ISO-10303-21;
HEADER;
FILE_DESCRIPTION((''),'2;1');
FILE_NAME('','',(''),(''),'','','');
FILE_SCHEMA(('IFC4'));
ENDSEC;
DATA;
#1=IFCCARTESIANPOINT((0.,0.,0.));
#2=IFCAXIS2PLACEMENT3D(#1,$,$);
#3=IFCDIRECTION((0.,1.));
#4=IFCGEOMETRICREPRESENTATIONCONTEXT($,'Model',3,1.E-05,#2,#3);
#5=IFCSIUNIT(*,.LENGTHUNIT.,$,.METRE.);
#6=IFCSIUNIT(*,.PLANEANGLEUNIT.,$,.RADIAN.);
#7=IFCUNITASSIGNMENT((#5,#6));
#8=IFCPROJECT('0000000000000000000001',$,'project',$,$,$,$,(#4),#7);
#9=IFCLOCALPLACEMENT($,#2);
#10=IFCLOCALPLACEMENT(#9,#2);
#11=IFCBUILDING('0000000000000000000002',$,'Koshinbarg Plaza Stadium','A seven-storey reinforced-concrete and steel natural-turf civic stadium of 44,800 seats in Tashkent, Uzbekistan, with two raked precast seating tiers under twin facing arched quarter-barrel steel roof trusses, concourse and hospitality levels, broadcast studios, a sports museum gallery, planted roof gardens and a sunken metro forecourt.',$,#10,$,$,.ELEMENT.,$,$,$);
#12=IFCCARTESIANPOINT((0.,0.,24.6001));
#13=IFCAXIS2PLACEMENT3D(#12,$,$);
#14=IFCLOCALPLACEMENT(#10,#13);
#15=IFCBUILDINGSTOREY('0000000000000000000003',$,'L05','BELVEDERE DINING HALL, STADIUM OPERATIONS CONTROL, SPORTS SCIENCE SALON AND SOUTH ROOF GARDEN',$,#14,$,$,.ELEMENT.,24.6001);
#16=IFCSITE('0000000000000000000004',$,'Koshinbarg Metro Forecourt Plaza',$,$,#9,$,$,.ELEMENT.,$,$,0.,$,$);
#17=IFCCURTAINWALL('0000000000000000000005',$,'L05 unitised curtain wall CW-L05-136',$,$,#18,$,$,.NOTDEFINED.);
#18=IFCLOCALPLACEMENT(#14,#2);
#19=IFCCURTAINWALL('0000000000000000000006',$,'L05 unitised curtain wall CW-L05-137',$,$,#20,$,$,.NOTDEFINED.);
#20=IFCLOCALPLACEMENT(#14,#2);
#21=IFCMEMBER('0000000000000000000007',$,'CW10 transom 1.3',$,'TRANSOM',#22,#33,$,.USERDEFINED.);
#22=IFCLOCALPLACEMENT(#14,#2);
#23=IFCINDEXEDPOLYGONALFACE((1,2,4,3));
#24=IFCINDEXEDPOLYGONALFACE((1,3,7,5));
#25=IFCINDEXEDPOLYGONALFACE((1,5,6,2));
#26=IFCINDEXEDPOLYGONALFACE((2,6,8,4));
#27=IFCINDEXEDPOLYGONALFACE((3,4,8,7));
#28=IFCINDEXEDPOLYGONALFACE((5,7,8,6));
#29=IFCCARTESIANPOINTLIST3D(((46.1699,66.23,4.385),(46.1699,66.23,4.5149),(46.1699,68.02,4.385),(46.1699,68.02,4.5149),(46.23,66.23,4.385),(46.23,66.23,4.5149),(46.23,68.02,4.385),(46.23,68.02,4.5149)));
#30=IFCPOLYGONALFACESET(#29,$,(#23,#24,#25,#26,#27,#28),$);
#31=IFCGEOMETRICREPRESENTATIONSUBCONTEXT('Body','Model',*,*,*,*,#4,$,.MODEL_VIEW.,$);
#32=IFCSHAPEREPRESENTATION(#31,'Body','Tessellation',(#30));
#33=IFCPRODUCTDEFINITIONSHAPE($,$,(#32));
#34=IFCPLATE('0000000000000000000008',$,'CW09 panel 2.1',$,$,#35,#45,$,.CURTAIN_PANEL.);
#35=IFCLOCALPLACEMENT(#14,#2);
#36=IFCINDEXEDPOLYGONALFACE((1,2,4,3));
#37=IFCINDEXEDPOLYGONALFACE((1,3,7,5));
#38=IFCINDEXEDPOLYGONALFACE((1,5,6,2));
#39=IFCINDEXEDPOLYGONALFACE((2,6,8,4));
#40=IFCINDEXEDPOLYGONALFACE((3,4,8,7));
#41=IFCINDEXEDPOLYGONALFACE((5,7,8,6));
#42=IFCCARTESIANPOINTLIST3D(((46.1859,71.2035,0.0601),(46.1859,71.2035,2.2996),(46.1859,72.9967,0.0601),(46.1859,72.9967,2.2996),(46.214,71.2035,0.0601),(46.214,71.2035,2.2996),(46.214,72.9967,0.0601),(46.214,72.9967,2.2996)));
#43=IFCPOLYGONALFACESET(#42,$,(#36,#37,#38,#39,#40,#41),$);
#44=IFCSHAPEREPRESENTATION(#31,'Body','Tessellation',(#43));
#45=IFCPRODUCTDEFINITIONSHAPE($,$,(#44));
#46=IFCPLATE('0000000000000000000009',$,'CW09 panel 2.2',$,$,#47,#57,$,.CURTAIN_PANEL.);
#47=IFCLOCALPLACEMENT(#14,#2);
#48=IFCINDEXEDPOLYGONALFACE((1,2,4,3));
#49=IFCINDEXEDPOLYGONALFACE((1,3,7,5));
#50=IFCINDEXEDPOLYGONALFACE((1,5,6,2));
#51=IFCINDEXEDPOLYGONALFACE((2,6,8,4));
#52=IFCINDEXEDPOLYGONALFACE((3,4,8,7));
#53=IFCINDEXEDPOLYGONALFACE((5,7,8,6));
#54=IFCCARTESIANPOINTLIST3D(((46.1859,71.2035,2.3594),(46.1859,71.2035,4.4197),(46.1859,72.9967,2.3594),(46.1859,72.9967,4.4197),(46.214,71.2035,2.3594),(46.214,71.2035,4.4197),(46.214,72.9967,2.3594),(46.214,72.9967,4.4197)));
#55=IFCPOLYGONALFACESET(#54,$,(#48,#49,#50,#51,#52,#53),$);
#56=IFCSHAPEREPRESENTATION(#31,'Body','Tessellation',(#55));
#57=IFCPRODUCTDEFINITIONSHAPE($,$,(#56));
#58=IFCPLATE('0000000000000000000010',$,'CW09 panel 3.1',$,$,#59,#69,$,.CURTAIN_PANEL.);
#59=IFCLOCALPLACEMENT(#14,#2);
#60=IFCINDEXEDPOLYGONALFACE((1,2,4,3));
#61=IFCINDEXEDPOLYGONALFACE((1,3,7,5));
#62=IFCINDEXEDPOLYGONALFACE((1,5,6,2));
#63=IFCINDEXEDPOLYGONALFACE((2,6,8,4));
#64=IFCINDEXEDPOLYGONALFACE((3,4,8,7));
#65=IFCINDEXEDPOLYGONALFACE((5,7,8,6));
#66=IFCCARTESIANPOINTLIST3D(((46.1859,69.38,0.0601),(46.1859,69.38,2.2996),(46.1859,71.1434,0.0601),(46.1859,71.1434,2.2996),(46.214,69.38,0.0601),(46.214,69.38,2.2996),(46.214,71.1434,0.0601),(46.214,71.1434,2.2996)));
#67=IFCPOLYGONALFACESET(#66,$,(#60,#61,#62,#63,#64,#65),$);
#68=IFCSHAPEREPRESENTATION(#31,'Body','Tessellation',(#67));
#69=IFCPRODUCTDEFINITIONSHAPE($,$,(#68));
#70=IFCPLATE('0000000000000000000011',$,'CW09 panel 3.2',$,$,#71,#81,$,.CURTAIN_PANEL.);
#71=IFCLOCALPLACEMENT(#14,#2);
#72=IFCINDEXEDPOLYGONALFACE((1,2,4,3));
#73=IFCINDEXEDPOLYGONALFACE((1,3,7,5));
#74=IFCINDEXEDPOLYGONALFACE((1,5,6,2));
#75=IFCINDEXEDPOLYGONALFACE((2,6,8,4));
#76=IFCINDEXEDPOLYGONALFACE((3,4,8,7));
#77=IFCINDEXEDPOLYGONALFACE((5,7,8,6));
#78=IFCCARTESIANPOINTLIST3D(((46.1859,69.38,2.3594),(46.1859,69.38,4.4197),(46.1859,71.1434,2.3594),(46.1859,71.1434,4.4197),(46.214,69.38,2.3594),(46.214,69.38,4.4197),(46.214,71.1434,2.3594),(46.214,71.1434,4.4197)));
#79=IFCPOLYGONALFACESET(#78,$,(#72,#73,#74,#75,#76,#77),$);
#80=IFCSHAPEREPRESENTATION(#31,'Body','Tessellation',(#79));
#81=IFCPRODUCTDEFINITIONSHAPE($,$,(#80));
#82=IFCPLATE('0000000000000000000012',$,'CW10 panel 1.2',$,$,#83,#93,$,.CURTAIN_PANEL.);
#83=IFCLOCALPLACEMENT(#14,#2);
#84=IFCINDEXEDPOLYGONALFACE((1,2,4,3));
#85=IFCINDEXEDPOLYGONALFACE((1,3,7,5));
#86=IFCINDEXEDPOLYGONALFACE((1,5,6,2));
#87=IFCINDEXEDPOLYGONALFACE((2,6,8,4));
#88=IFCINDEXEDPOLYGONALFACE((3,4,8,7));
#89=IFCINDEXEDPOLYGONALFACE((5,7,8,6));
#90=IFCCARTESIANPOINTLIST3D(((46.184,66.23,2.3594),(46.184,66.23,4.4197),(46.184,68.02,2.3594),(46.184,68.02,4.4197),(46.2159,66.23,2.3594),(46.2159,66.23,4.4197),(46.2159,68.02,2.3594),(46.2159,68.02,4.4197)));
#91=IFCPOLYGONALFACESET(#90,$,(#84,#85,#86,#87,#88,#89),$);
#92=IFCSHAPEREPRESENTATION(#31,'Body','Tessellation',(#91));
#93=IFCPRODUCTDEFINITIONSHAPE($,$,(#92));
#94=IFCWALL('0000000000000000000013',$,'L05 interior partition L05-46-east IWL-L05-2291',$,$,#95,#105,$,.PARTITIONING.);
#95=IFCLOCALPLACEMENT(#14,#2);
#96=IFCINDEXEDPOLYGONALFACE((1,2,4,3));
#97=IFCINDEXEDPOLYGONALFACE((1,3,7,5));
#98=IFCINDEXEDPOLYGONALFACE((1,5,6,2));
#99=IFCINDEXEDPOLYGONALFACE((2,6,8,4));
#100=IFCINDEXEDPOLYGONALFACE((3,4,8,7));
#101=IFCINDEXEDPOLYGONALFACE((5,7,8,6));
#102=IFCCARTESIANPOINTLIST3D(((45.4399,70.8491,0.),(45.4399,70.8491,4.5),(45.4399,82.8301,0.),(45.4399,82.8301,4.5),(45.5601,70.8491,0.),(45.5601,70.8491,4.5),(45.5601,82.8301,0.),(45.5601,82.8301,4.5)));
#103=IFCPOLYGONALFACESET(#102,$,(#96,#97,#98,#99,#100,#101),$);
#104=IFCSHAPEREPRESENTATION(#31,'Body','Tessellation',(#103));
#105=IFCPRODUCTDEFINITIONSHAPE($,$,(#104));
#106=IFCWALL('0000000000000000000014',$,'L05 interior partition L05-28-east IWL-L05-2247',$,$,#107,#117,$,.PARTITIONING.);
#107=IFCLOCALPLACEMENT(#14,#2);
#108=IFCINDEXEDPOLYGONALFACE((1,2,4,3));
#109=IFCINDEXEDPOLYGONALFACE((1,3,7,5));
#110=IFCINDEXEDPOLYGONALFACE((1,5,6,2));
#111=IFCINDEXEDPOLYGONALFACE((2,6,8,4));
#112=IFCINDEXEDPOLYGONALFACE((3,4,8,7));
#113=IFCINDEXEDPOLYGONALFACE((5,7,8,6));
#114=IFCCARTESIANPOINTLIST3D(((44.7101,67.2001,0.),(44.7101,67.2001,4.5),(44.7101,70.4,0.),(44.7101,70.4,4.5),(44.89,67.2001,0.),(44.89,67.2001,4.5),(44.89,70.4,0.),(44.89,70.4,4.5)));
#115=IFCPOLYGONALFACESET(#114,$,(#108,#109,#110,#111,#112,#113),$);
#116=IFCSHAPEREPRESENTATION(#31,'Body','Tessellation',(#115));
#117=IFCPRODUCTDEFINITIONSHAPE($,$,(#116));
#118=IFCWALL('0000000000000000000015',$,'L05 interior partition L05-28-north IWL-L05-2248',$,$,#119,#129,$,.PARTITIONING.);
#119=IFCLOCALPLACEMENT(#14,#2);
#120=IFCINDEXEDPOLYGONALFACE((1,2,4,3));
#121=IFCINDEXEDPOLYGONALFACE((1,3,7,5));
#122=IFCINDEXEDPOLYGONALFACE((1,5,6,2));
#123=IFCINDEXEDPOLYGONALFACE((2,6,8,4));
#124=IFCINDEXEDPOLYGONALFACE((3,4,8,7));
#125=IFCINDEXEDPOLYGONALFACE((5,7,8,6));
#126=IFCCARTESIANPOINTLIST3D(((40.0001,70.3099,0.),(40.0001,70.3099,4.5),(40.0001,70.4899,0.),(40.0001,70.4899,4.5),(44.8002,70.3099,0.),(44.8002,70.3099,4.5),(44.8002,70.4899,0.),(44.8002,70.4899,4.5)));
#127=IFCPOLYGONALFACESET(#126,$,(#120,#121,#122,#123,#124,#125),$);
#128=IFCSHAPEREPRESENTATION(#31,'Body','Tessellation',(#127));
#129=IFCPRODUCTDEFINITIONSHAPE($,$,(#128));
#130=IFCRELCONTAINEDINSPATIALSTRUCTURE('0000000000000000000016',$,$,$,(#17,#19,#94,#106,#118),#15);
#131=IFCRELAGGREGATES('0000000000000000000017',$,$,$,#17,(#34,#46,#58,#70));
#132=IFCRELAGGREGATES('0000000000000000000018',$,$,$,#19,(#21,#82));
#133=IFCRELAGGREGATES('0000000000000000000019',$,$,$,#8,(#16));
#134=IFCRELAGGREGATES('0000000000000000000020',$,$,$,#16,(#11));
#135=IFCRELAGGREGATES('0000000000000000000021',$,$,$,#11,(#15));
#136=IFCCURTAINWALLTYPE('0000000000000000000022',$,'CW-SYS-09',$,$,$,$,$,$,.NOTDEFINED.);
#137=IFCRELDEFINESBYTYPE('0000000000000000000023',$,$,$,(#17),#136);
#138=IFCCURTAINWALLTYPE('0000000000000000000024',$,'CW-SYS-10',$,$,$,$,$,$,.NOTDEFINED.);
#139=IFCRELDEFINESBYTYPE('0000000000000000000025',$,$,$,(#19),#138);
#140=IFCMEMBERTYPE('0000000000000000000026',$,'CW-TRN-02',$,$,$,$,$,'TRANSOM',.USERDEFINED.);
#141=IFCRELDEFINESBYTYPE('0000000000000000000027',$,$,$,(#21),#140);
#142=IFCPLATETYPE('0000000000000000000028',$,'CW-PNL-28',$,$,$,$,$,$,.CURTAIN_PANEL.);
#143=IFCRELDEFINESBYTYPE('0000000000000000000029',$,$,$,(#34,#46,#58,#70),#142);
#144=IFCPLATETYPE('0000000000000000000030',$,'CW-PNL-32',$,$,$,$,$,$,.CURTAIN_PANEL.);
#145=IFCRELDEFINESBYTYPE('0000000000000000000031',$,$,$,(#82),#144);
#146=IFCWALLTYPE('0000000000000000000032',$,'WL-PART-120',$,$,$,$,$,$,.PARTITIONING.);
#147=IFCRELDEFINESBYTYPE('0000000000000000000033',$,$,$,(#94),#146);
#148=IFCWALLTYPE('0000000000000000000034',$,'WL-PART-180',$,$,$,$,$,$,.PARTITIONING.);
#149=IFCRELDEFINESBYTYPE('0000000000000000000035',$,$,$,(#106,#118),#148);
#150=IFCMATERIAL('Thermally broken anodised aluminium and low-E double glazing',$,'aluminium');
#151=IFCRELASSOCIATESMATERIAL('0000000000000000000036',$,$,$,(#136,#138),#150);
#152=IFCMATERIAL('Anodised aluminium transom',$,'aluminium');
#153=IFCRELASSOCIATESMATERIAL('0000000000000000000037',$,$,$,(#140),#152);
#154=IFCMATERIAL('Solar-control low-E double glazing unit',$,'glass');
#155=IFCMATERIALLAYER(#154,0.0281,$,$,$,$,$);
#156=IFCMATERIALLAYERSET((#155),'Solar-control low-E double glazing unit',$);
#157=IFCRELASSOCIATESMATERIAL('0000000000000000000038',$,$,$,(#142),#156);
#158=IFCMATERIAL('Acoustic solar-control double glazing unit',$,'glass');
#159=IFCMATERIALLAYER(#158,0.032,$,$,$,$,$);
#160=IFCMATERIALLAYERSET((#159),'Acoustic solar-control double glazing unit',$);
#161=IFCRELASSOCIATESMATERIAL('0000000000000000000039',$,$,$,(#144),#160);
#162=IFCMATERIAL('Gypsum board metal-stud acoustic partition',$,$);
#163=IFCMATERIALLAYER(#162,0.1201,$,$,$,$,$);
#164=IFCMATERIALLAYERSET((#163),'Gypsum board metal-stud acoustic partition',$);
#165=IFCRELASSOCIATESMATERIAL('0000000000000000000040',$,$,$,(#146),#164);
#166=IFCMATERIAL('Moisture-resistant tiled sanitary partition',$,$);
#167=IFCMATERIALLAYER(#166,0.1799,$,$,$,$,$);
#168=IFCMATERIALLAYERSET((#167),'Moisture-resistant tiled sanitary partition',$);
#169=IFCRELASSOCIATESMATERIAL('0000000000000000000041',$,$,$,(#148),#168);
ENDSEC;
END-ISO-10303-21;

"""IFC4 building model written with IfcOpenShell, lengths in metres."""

from ifc_helpers import new_model, si_unit, direction, frame, frame_2d, origin, origin_2d, place, context, subcontext, project, spatial, rectangle, extrude, material, layer, layer_set, material_profile, profile_set, type_object, element, aggregate, save


model = new_model("IFC4")

# Units and contexts
model_context = context("Model", 3, precision=1e-05, world=origin(), true_north=direction((0.0, 1.0)))
body_context = subcontext(model_context, "Body", "Model", "MODEL_VIEW")
ifc_project = project(units=[si_unit("LENGTHUNIT", "METRE"), si_unit("PLANEANGLEUNIT", "RADIAN")], contexts=[model_context])

# Site, building, storey
site_placement = place(None, origin())
site = spatial("IfcSite", under=ifc_project, at=site_placement, Name="Koshinbarg Metro Forecourt Plaza", CompositionType="ELEMENT", RefElevation=0.0)
building_placement = place(site_placement, origin())
building = spatial("IfcBuilding", under=site, at=building_placement, Name="Koshinbarg Plaza Stadium", Description="A seven-storey reinforced-concrete and steel natural-turf civic stadium of 44,800 seats in Tashkent, Uzbekistan, with two raked precast seating tiers under twin facing arched quarter-barrel steel roof trusses, concourse and hospitality levels, broadcast studios, a sports museum gallery, planted roof gardens and a sunken metro forecourt.", CompositionType="ELEMENT")
storey_placement = place(building_placement, frame((0.0, 0.0, 24.6001)))
storey = spatial("IfcBuildingStorey", under=building, at=storey_placement, Name="L05", Description="BELVEDERE DINING HALL, STADIUM OPERATIONS CONTROL, SPORTS SCIENCE SALON AND SOUTH ROOF GARDEN", CompositionType="ELEMENT", Elevation=24.6001)

# Curtain wall
ifc_material_1 = material(Name="Thermally broken anodised aluminium and low-E double glazing", Category="aluminium")
curtain_wall_type_1 = type_object("IfcCurtainWallType", Name="CW-SYS-09", PredefinedType="NOTDEFINED", material=ifc_material_1)
curtain_wall_1_placement = place(storey_placement, origin())
curtain_wall_1 = element("IfcCurtainWall", 1, at=curtain_wall_1_placement, inside=storey, type_object=curtain_wall_type_1, Name="L05 unitised curtain wall CW-L05-136", PredefinedType="NOTDEFINED")

# Curtain wall
curtain_wall_type_2 = type_object("IfcCurtainWallType", Name="CW-SYS-10", PredefinedType="NOTDEFINED", material=ifc_material_1)
curtain_wall_2_placement = place(storey_placement, origin())
curtain_wall_2 = element("IfcCurtainWall", 2, at=curtain_wall_2_placement, inside=storey, type_object=curtain_wall_type_2, Name="L05 unitised curtain wall CW-L05-137", PredefinedType="NOTDEFINED")

# Member
ifc_material_2 = material(Name="Anodised aluminium transom", Category="aluminium")
ifc_material_profile_1 = material_profile(ifc_material_2, rectangle(XDim=0.0601, YDim=0.1299, at=origin_2d()), Name="ALU 60x130")
ifc_profile_set_1 = profile_set([ifc_material_profile_1], Name="Anodised aluminium transom")
member_type_1 = type_object("IfcMemberType", Name="CW-TRN-02", ElementType="TRANSOM", PredefinedType="USERDEFINED", material=ifc_profile_set_1)
member_1_placement = place(storey_placement, frame((46.2, 68.02, 4.45), z_axis=(0.0, -1.0, 0.0), x_axis=(1.0, 0.0, 0.0)))
member_1 = element("IfcMember", 3, at=member_1_placement, type_object=member_type_1, Name="CW10 transom 1.3", ObjectType="TRANSOM", PredefinedType="USERDEFINED", context=body_context, shape_type="SweptSolid", body=[
    extrude(rectangle(XDim=0.0601, YDim=0.1299, at=origin_2d()), origin(), (0.0, 0.0, 1.0), 1.79),
])

# Plates
ifc_material_3 = material(Name="Solar-control low-E double glazing unit", Category="glass")
ifc_layer_1 = layer(ifc_material_3, 0.0281)
ifc_layer_set_1 = layer_set([ifc_layer_1], Name="Solar-control low-E double glazing unit")
plate_type_1 = type_object("IfcPlateType", Name="CW-PNL-28", PredefinedType="CURTAIN_PANEL", material=ifc_layer_set_1)
plate_1_placement = place(storey_placement, frame((46.2, 72.1001, 0.0601), z_axis=(0.0, 0.0, 1.0), x_axis=(0.0, -1.0, 0.0)))
plate_1 = element("IfcPlate", 4, at=plate_1_placement, type_object=plate_type_1, Name="CW09 panel 2.1", PredefinedType="CURTAIN_PANEL", context=body_context, shape_type="SweptSolid", body=[
    extrude(rectangle(XDim=1.7932, YDim=0.0281, at=origin_2d()), origin(), (0.0, 0.0, 1.0), 2.2395),
])
plate_2_placement = place(storey_placement, frame((46.2, 72.1001, 2.3594), z_axis=(0.0, 0.0, 1.0), x_axis=(0.0, -1.0, 0.0)))
plate_2 = element("IfcPlate", 5, at=plate_2_placement, type_object=plate_type_1, Name="CW09 panel 2.2", PredefinedType="CURTAIN_PANEL", context=body_context, shape_type="SweptSolid", body=[
    extrude(rectangle(XDim=1.7932, YDim=0.0281, at=origin_2d()), origin(), (0.0, 0.0, 1.0), 2.0603),
])
plate_3_placement = place(storey_placement, frame((46.2, 70.2617, 0.0601), z_axis=(0.0, 0.0, 1.0), x_axis=(0.0, -1.0, 0.0)))
plate_3 = element("IfcPlate", 6, at=plate_3_placement, type_object=plate_type_1, Name="CW09 panel 3.1", PredefinedType="CURTAIN_PANEL", context=body_context, shape_type="SweptSolid", body=[
    extrude(rectangle(XDim=1.7634, YDim=0.0281, at=origin_2d()), origin(), (0.0, 0.0, 1.0), 2.2395),
])
plate_4_placement = place(storey_placement, frame((46.2, 70.2617, 2.3594), z_axis=(0.0, 0.0, 1.0), x_axis=(0.0, -1.0, 0.0)))
plate_4 = element("IfcPlate", 7, at=plate_4_placement, type_object=plate_type_1, Name="CW09 panel 3.2", PredefinedType="CURTAIN_PANEL", context=body_context, shape_type="SweptSolid", body=[
    extrude(rectangle(XDim=1.7634, YDim=0.0281, at=origin_2d()), origin(), (0.0, 0.0, 1.0), 2.0603),
])
aggregate(curtain_wall_1, [plate_1, plate_2, plate_3, plate_4])
ifc_material_4 = material(Name="Acoustic solar-control double glazing unit", Category="glass")
ifc_layer_2 = layer(ifc_material_4, 0.032)
ifc_layer_set_2 = layer_set([ifc_layer_2], Name="Acoustic solar-control double glazing unit")
plate_type_2 = type_object("IfcPlateType", Name="CW-PNL-32", PredefinedType="CURTAIN_PANEL", material=ifc_layer_set_2)
plate_5_placement = place(storey_placement, frame((46.2, 67.125, 2.3594), z_axis=(0.0, 0.0, 1.0), x_axis=(0.0, -1.0, 0.0)))
plate_5 = element("IfcPlate", 8, at=plate_5_placement, type_object=plate_type_2, Name="CW10 panel 1.2", PredefinedType="CURTAIN_PANEL", context=body_context, shape_type="SweptSolid", body=[
    extrude(rectangle(XDim=1.79, YDim=0.032, at=origin_2d()), origin(), (0.0, 0.0, 1.0), 2.0603),
])
aggregate(curtain_wall_2, [member_1, plate_5])

# Walls
ifc_material_5 = material(Name="Gypsum board metal-stud acoustic partition")
ifc_layer_3 = layer(ifc_material_5, 0.1201)
ifc_layer_set_3 = layer_set([ifc_layer_3], Name="Gypsum board metal-stud acoustic partition")
wall_type_1 = type_object("IfcWallType", Name="WL-PART-120", PredefinedType="PARTITIONING", material=ifc_layer_set_3)
wall_1_placement = place(storey_placement, frame((45.5, 70.8491, 0.0), z_axis=(0.0, 0.0, 1.0), x_axis=(0.0, 1.0, 0.0)))
element("IfcWall", 9, at=wall_1_placement, inside=storey, type_object=wall_type_1, Name="L05 interior partition L05-46-east IWL-L05-2291", PredefinedType="PARTITIONING", context=body_context, shape_type="SweptSolid", body=[
    extrude(rectangle(XDim=11.981, YDim=0.1201, at=frame_2d((5.9905, 0.0))), origin(), (0.0, 0.0, 1.0), 4.5),
])
ifc_material_6 = material(Name="Moisture-resistant tiled sanitary partition")
ifc_layer_4 = layer(ifc_material_6, 0.1799)
ifc_layer_set_4 = layer_set([ifc_layer_4], Name="Moisture-resistant tiled sanitary partition")
wall_type_2 = type_object("IfcWallType", Name="WL-PART-180", PredefinedType="PARTITIONING", material=ifc_layer_set_4)
wall_2_placement = place(storey_placement, frame((44.8, 67.2, 0.0), z_axis=(0.0, 0.0, 1.0), x_axis=(0.0, 1.0, 0.0)))
element("IfcWall", 10, at=wall_2_placement, inside=storey, type_object=wall_type_2, Name="L05 interior partition L05-28-east IWL-L05-2247", PredefinedType="PARTITIONING", context=body_context, shape_type="SweptSolid", body=[
    extrude(rectangle(XDim=3.2, YDim=0.1799, at=frame_2d((1.6001, 0.0))), origin(), (0.0, 0.0, 1.0), 4.5),
])
wall_3_placement = place(storey_placement, frame((44.8, 70.3999, 0.0), z_axis=(0.0, 0.0, 1.0), x_axis=(-1.0, 0.0, 0.0)))
element("IfcWall", 11, at=wall_3_placement, inside=storey, type_object=wall_type_2, Name="L05 interior partition L05-28-north IWL-L05-2248", PredefinedType="PARTITIONING", context=body_context, shape_type="SweptSolid", body=[
    extrude(rectangle(XDim=4.8, YDim=0.1799, at=frame_2d((2.3999, 0.0))), origin(), (0.0, 0.0, 1.0), 4.5),
])

save(model, "model.ifc")
